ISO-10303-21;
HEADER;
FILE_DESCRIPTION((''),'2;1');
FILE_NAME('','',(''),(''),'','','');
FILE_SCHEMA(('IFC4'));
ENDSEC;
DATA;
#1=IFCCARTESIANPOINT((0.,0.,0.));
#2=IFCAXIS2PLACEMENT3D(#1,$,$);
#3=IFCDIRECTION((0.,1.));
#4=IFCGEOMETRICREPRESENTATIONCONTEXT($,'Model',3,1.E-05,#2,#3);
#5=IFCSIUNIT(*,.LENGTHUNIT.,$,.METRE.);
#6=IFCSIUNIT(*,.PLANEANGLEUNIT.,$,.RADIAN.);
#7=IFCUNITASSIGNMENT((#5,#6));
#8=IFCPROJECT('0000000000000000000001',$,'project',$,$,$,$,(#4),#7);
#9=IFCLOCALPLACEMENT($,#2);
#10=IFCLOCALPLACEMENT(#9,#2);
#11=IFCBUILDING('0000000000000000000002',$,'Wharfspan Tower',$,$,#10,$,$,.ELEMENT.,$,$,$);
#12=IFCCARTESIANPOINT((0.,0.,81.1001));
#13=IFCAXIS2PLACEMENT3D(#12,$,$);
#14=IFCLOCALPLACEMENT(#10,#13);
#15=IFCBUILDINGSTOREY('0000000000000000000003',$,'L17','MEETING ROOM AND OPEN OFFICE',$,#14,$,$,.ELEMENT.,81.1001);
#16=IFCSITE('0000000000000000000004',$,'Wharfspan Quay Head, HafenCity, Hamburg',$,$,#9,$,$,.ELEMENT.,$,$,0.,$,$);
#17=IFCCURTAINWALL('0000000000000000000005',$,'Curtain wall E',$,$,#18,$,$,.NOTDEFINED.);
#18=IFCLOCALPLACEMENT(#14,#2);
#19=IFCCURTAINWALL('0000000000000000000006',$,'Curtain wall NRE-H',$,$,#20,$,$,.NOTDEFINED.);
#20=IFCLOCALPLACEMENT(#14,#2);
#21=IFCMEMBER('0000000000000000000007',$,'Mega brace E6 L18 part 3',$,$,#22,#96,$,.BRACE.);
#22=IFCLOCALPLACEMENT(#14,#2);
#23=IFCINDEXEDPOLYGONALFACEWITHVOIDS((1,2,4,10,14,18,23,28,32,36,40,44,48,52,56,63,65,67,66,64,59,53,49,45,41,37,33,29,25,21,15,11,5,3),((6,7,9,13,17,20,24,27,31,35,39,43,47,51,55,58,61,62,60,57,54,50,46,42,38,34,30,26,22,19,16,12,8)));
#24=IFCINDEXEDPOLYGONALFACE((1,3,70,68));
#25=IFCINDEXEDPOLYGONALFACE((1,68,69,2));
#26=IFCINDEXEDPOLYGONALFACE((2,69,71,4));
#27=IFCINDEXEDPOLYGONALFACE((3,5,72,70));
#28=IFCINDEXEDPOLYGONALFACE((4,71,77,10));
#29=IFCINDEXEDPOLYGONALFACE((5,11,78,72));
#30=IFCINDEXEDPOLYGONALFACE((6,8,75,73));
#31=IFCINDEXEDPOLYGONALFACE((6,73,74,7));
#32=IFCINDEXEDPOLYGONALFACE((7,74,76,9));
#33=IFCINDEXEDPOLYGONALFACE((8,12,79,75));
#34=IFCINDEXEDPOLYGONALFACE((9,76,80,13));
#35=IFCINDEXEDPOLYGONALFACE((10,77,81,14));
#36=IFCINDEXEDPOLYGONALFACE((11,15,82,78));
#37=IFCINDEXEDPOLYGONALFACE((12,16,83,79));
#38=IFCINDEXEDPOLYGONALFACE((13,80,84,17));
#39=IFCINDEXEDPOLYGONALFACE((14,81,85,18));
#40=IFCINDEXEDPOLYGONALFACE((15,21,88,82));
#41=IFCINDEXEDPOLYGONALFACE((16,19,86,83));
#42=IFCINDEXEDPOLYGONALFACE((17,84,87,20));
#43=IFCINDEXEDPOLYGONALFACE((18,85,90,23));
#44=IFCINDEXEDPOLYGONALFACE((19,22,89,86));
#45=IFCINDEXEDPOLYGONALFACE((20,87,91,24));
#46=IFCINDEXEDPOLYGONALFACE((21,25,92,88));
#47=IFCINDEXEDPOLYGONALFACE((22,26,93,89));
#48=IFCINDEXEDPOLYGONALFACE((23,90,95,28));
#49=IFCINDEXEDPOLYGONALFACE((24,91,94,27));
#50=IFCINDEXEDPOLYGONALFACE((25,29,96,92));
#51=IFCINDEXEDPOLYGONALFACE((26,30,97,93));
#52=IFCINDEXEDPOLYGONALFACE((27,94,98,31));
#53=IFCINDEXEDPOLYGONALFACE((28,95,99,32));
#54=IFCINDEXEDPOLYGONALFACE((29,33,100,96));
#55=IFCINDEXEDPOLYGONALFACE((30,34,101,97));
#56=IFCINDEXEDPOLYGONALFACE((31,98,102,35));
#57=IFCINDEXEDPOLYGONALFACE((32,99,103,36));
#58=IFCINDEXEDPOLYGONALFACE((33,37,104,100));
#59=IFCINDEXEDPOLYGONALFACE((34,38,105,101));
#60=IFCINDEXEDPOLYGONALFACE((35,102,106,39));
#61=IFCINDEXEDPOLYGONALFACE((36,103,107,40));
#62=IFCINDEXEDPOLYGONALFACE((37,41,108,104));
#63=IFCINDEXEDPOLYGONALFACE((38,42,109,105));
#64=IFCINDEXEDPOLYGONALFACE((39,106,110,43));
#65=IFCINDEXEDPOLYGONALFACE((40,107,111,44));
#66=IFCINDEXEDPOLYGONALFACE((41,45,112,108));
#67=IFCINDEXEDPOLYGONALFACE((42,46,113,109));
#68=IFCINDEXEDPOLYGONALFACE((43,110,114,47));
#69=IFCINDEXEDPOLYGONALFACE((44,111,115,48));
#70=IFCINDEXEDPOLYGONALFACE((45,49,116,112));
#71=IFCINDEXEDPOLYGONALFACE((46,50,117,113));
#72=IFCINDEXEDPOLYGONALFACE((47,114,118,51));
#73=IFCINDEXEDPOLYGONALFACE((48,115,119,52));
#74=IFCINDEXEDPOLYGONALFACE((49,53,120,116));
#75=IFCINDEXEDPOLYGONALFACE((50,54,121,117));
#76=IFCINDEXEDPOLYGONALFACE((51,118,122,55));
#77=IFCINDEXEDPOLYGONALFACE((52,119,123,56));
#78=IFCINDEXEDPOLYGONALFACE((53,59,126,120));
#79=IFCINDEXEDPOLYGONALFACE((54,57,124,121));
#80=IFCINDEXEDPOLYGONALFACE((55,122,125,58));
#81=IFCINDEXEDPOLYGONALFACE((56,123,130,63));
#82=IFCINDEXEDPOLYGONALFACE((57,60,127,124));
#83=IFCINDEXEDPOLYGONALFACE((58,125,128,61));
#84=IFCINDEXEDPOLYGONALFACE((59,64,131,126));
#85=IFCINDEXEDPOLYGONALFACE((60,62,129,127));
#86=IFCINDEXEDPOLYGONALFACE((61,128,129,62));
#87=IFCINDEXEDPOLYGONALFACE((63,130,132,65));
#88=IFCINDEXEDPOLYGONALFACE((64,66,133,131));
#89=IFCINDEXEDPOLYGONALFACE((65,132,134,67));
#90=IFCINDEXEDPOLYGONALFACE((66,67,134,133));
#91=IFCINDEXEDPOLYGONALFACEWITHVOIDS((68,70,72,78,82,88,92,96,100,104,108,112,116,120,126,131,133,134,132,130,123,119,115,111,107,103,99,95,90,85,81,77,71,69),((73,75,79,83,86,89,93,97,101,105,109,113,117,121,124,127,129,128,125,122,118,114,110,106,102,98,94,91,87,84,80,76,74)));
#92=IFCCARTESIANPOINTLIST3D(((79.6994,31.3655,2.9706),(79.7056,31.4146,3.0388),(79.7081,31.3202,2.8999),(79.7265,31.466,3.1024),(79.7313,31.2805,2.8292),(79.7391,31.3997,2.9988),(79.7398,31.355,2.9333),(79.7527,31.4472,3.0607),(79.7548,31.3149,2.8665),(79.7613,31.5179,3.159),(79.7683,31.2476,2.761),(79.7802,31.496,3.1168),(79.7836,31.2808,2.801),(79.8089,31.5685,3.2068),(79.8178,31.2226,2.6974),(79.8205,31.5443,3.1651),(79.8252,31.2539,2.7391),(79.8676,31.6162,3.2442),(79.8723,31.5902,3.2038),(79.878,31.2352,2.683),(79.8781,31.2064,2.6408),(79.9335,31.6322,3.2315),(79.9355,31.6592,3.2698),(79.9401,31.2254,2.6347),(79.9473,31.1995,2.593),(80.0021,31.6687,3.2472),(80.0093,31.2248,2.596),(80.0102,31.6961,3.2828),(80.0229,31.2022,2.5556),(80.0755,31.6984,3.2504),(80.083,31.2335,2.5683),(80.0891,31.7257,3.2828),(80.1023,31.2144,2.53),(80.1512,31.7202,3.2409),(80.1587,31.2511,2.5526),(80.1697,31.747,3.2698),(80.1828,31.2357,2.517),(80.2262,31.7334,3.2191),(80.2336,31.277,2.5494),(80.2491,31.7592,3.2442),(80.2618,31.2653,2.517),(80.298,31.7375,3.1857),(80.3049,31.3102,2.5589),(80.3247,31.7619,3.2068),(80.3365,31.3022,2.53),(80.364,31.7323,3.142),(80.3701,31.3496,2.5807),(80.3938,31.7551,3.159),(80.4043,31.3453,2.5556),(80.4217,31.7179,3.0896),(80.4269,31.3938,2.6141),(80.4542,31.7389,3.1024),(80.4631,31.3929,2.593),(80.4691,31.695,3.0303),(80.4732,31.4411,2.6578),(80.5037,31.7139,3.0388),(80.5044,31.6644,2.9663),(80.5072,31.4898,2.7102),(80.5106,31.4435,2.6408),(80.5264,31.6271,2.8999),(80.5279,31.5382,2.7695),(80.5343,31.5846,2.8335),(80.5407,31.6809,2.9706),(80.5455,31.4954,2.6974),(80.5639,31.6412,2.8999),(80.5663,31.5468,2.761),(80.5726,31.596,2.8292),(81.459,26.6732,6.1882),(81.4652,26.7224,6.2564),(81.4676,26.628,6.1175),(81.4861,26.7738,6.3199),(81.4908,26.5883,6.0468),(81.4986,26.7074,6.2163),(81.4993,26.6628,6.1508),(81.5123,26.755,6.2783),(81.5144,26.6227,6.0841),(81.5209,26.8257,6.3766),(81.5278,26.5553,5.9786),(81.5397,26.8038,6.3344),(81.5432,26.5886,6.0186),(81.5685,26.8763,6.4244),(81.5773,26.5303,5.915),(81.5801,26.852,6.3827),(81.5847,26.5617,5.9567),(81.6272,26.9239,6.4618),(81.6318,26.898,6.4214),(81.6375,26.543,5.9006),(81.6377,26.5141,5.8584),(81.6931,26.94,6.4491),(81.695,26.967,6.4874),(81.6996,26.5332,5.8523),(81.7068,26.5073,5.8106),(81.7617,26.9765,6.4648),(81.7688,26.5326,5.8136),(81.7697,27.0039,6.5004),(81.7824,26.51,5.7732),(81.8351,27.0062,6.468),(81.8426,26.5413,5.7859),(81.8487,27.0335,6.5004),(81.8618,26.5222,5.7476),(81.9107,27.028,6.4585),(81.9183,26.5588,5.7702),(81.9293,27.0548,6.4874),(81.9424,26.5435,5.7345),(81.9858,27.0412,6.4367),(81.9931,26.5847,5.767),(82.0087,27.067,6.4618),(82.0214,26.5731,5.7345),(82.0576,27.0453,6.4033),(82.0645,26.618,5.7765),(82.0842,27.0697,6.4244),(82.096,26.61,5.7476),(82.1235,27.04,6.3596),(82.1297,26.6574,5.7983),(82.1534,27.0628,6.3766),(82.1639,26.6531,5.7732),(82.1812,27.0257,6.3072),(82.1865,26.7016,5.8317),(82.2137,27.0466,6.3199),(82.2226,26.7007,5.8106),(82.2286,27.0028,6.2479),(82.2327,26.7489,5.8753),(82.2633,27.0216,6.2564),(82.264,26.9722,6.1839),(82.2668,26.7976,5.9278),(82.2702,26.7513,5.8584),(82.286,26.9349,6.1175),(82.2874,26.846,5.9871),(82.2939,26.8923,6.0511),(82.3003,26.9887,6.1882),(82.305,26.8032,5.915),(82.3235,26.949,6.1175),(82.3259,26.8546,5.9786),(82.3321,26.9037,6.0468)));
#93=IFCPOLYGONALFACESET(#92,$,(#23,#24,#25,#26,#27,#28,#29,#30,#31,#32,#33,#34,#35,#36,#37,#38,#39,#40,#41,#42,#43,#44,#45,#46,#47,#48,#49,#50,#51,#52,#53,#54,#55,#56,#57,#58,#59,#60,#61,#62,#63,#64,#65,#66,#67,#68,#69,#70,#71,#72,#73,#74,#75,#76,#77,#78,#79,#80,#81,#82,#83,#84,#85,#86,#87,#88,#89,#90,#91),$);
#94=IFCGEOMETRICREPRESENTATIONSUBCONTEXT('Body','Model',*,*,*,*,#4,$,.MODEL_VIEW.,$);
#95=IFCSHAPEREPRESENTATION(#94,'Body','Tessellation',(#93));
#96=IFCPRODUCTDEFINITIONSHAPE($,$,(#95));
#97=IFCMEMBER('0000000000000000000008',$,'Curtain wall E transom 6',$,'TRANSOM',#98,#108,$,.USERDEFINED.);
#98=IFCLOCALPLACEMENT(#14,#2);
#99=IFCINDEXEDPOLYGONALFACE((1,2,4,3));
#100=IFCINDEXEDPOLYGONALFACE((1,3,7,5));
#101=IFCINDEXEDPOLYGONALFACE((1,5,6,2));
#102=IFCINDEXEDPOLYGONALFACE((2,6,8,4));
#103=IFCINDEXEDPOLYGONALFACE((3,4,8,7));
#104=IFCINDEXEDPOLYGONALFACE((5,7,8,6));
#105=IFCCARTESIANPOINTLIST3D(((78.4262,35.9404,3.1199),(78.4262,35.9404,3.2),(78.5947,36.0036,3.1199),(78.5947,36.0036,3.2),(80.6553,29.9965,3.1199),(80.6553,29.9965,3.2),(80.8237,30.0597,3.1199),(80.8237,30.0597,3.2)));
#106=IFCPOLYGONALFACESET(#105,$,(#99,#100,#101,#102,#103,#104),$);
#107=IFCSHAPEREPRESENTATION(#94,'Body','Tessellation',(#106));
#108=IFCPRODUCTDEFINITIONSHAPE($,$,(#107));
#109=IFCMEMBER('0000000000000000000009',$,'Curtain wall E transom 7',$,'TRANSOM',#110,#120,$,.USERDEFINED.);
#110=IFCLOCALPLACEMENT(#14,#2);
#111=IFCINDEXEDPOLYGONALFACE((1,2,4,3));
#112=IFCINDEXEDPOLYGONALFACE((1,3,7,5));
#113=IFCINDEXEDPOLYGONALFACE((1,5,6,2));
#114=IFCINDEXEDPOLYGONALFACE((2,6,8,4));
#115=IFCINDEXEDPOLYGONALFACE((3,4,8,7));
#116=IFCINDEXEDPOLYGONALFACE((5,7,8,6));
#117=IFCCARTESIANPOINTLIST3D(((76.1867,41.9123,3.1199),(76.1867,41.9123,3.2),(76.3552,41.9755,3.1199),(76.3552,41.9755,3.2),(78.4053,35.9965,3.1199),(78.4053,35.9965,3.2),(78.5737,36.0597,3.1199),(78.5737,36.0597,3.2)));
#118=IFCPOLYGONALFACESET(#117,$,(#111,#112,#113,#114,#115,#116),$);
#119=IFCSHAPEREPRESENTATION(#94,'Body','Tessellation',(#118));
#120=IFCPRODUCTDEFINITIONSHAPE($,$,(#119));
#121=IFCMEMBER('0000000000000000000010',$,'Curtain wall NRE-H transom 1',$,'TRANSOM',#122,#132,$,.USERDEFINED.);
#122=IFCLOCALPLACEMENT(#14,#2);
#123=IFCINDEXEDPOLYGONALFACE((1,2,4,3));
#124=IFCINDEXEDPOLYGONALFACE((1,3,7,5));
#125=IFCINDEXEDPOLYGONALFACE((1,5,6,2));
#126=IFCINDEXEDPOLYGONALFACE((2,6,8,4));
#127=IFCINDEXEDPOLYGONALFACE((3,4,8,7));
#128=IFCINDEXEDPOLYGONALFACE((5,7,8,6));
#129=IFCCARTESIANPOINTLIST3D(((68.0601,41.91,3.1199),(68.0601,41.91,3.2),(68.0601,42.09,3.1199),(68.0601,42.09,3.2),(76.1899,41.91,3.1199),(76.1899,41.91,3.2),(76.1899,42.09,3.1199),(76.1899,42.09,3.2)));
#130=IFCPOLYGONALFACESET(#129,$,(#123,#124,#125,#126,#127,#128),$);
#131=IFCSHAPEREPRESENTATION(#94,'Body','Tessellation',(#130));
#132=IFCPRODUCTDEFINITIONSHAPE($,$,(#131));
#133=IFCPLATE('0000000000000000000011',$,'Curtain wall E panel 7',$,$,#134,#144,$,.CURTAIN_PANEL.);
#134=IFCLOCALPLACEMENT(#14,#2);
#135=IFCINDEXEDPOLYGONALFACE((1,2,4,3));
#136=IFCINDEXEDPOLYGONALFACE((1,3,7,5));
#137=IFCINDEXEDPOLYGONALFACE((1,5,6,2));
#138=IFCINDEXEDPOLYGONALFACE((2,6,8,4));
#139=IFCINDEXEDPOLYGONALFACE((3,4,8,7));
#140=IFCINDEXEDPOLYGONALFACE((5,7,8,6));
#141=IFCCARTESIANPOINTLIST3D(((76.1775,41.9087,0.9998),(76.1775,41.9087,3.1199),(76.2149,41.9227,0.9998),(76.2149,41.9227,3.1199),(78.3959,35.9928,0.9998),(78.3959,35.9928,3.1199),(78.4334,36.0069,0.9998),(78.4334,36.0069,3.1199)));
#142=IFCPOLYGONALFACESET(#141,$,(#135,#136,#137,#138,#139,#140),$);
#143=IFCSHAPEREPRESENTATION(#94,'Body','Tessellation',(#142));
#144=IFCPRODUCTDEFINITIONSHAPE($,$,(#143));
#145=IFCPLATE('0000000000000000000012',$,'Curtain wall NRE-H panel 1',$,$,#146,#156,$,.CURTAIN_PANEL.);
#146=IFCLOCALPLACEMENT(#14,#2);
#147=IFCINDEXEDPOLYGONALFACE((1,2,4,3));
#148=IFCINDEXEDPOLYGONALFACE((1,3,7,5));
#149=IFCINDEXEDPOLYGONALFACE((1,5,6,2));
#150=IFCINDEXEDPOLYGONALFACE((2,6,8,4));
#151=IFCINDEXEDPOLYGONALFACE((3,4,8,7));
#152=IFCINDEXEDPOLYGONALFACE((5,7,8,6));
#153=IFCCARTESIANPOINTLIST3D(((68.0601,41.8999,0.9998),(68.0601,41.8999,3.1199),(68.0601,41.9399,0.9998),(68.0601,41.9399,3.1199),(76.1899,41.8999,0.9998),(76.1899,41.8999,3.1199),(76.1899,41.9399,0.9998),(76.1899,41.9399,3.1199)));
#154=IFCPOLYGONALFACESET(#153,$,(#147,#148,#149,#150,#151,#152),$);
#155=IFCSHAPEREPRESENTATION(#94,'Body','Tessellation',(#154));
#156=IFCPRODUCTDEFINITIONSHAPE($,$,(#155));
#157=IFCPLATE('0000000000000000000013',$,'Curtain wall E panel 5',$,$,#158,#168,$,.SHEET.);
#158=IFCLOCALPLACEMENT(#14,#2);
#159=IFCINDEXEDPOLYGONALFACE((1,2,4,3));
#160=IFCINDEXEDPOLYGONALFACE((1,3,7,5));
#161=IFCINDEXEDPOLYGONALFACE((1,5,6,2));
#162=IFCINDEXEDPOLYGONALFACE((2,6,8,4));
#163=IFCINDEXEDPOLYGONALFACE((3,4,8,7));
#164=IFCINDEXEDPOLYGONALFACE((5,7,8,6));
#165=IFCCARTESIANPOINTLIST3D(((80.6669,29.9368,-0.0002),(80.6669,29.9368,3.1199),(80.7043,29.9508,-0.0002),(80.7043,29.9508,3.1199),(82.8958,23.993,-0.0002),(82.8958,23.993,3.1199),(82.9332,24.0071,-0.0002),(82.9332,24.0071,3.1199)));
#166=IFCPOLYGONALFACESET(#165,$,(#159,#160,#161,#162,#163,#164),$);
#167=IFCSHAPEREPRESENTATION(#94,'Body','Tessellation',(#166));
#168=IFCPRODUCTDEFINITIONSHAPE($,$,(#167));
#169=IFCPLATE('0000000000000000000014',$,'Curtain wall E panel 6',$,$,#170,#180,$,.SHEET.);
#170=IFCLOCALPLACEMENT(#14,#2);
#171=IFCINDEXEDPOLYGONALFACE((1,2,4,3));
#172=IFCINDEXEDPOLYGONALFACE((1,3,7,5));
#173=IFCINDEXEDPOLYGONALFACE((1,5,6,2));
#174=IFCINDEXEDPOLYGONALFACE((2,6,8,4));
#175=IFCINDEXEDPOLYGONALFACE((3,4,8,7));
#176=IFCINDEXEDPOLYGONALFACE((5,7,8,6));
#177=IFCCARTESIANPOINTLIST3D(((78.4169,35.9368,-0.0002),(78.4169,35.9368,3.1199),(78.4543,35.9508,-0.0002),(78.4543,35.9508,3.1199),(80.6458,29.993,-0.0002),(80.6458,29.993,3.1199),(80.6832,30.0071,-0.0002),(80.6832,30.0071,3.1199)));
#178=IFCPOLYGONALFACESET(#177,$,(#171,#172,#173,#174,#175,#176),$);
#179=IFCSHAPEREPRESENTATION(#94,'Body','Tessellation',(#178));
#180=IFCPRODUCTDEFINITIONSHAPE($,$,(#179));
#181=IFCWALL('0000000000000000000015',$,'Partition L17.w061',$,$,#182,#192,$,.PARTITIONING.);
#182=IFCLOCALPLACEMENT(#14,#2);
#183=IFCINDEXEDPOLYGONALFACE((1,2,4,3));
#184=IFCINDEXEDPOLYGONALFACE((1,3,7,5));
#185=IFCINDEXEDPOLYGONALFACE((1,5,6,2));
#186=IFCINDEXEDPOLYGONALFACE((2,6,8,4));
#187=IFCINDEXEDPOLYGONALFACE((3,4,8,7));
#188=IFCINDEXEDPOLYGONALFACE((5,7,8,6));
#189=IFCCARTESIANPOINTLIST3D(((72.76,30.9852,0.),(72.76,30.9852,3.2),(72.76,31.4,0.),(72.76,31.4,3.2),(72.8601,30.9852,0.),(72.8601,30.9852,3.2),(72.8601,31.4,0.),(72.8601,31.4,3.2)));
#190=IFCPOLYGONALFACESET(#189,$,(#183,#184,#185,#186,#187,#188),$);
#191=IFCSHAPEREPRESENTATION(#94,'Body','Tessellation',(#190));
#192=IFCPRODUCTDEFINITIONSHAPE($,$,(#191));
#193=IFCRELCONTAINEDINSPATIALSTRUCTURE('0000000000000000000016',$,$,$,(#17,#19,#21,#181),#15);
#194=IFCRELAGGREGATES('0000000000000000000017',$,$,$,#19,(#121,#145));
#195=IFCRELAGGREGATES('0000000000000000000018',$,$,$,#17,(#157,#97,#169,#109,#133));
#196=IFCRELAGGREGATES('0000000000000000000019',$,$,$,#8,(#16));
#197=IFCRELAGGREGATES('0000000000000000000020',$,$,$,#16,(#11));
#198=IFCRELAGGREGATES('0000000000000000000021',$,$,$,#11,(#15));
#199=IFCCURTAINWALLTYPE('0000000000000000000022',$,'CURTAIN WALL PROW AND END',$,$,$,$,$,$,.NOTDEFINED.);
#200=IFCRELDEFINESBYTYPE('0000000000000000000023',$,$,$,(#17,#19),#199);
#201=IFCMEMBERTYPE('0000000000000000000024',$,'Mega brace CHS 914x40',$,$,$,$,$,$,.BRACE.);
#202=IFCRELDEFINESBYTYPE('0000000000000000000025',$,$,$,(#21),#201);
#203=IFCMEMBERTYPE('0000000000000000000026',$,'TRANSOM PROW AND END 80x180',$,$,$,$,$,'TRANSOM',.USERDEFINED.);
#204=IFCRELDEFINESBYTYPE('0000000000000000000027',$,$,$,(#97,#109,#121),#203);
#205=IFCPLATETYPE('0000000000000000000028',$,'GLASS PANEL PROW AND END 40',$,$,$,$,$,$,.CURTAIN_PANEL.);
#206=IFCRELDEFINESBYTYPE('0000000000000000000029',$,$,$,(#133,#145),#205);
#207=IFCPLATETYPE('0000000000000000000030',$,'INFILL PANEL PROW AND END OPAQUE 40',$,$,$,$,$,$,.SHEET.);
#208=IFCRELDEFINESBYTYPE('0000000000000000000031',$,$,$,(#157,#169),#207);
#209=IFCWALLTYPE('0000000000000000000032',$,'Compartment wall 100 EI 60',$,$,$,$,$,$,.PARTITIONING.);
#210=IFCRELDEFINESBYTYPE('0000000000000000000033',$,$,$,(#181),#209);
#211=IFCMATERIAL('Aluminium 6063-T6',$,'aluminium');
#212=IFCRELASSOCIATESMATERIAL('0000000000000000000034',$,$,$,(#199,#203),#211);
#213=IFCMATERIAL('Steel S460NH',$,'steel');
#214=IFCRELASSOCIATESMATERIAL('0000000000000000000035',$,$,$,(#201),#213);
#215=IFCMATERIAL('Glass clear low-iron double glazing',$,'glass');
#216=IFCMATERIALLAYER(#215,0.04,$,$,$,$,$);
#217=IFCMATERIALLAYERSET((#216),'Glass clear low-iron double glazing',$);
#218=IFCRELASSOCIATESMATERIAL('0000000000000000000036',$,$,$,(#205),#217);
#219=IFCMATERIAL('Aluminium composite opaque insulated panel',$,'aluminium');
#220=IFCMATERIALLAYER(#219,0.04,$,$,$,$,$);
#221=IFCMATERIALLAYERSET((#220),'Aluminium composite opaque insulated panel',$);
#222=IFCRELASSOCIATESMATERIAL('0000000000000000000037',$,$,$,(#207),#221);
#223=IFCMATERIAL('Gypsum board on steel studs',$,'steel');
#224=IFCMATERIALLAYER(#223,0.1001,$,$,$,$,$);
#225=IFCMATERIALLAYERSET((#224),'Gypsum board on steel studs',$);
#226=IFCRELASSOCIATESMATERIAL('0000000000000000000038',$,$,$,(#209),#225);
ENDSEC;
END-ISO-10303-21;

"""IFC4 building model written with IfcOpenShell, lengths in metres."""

from ifc_helpers import new_model, si_unit, direction, frame, frame_2d, origin, origin_2d, place, context, subcontext, project, spatial, rectangle, hollow_circle, extrude, material, layer, layer_set, material_profile, profile_set, type_object, element, aggregate, save


model = new_model("IFC4")

# Units and contexts
model_context = context("Model", 3, precision=1e-05, world=origin(), true_north=direction((0.0, 1.0)))
body_context = subcontext(model_context, "Body", "Model", "MODEL_VIEW")
ifc_project = project(units=[si_unit("LENGTHUNIT", "METRE"), si_unit("PLANEANGLEUNIT", "RADIAN")], contexts=[model_context])

# Site, building, storey
site_placement = place(None, origin())
site = spatial("IfcSite", under=ifc_project, at=site_placement, Name="Wharfspan Quay Head, HafenCity, Hamburg", CompositionType="ELEMENT", RefElevation=0.0)
building_placement = place(site_placement, origin())
building = spatial("IfcBuilding", under=site, at=building_placement, Name="Wharfspan Tower", CompositionType="ELEMENT")
storey_placement = place(building_placement, frame((0.0, 0.0, 81.1001)))
storey = spatial("IfcBuildingStorey", under=building, at=storey_placement, Name="L17", Description="MEETING ROOM AND OPEN OFFICE", CompositionType="ELEMENT", Elevation=81.1001)

# Curtain wall
ifc_material_1 = material(Name="Aluminium 6063-T6", Category="aluminium")
curtain_wall_type = type_object("IfcCurtainWallType", Name="CURTAIN WALL PROW AND END", PredefinedType="NOTDEFINED", material=ifc_material_1)
curtain_wall_1_placement = place(storey_placement, origin())
curtain_wall_1 = element("IfcCurtainWall", 1, at=curtain_wall_1_placement, inside=storey, type_object=curtain_wall_type, Name="Curtain wall E", PredefinedType="NOTDEFINED")

# Curtain wall
curtain_wall_2_placement = place(storey_placement, origin())
curtain_wall_2 = element("IfcCurtainWall", 2, at=curtain_wall_2_placement, inside=storey, type_object=curtain_wall_type, Name="Curtain wall NRE-H", PredefinedType="NOTDEFINED")

# Members
ifc_material_2 = material(Name="Steel S460NH", Category="steel")
ifc_material_profile_1 = material_profile(ifc_material_2, hollow_circle(Radius=0.457, WallThickness=0.04, at=origin_2d()))
ifc_profile_set_1 = profile_set([ifc_material_profile_1], Name="Steel S460NH")
member_type_1 = type_object("IfcMemberType", Name="Mega brace CHS 914x40", PredefinedType="BRACE", material=ifc_profile_set_1)
member_1_placement = place(storey_placement, frame((80.136, 31.4807, 2.8999), z_axis=(0.295459, -0.787904, 0.540288), x_axis=(0.936328, 0.351115, -0.000003)))
element("IfcMember", 3, at=member_1_placement, inside=storey, type_object=member_type_1, Name="Mega brace E6 L18 part 3", PredefinedType="BRACE", context=body_context, shape_type="SweptSolid", body=[
    extrude(hollow_circle(Radius=0.457, WallThickness=0.04, at=origin_2d()), origin(), (0.0, 0.0, 1.0), 5.9553),
])
ifc_material_profile_2 = material_profile(ifc_material_1, rectangle(XDim=0.1799, YDim=0.0801, at=origin_2d()))
ifc_profile_set_2 = profile_set([ifc_material_profile_2], Name="Aluminium 6063-T6")
member_type_2 = type_object("IfcMemberType", Name="TRANSOM PROW AND END 80x180", ElementType="TRANSOM", PredefinedType="USERDEFINED", material=ifc_profile_set_2)
member_2_placement = place(storey_placement, frame((80.7395, 30.0281, 3.1599), z_axis=(-0.351132, 0.936326, 0.0), x_axis=(-0.936326, -0.351132, 0.0)))
member_2 = element("IfcMember", 4, at=member_2_placement, type_object=member_type_2, Name="Curtain wall E transom 6", ObjectType="TRANSOM", PredefinedType="USERDEFINED", context=body_context, shape_type="SweptSolid", body=[
    extrude(rectangle(XDim=0.1799, YDim=0.0801, at=origin_2d()), origin(), (0.0, 0.0, 1.0), 6.3481),
])
member_3_placement = place(storey_placement, frame((78.4895, 36.0281, 3.1599), z_axis=(-0.351136, 0.936324, 0.0), x_axis=(-0.936324, -0.351136, 0.0)))
member_3 = element("IfcMember", 5, at=member_3_placement, type_object=member_type_2, Name="Curtain wall E transom 7", ObjectType="TRANSOM", PredefinedType="USERDEFINED", context=body_context, shape_type="SweptSolid", body=[
    extrude(rectangle(XDim=0.1799, YDim=0.0801, at=origin_2d()), origin(), (0.0, 0.0, 1.0), 6.3181),
])
member_4_placement = place(storey_placement, frame((76.1899, 42.0, 3.1599), z_axis=(-1.0, 0.0, 0.0), x_axis=(0.0, -1.0, 0.0)))
member_4 = element("IfcMember", 6, at=member_4_placement, type_object=member_type_2, Name="Curtain wall NRE-H transom 1", ObjectType="TRANSOM", PredefinedType="USERDEFINED", context=body_context, shape_type="SweptSolid", body=[
    extrude(rectangle(XDim=0.1799, YDim=0.0801, at=origin_2d()), origin(), (0.0, 0.0, 1.0), 8.1299),
])

# Plates
ifc_material_3 = material(Name="Glass clear low-iron double glazing", Category="glass")
ifc_layer_1 = layer(ifc_material_3, 0.04)
ifc_layer_set_1 = layer_set([ifc_layer_1], Name="Glass clear low-iron double glazing")
plate_type_1 = type_object("IfcPlateType", Name="GLASS PANEL PROW AND END 40", PredefinedType="CURTAIN_PANEL", material=ifc_layer_set_1)
plate_1_placement = place(storey_placement, frame((77.3054, 38.9578, 0.9998), z_axis=(0.0, 0.0, 1.0), x_axis=(-0.351123, 0.936328, 0.0)))
plate_1 = element("IfcPlate", 7, at=plate_1_placement, type_object=plate_type_1, Name="Curtain wall E panel 7", PredefinedType="CURTAIN_PANEL", context=body_context, shape_type="SweptSolid", body=[
    extrude(rectangle(XDim=6.3181, YDim=0.04, at=origin_2d()), origin(), (0.0, 0.0, 1.0), 2.1201),
])
plate_2_placement = place(storey_placement, frame((72.125, 41.9199, 0.9998), z_axis=(0.0, 0.0, 1.0), x_axis=(-1.0, 0.0, 0.0)))
plate_2 = element("IfcPlate", 8, at=plate_2_placement, type_object=plate_type_1, Name="Curtain wall NRE-H panel 1", PredefinedType="CURTAIN_PANEL", context=body_context, shape_type="SweptSolid", body=[
    extrude(rectangle(XDim=8.1299, YDim=0.04, at=origin_2d()), origin(), (0.0, 0.0, 1.0), 2.1201),
])
aggregate(curtain_wall_2, [member_4, plate_2])
ifc_material_4 = material(Name="Aluminium composite opaque insulated panel", Category="aluminium")
ifc_layer_2 = layer(ifc_material_4, 0.04)
ifc_layer_set_2 = layer_set([ifc_layer_2], Name="Aluminium composite opaque insulated panel")
plate_type_2 = type_object("IfcPlateType", Name="INFILL PANEL PROW AND END OPAQUE 40", PredefinedType="SHEET", material=ifc_layer_set_2)
plate_3_placement = place(storey_placement, frame((81.8, 26.9719, -0.0002), z_axis=(0.0, 0.0, 1.0), x_axis=(-0.351123, 0.936328, 0.0)))
plate_3 = element("IfcPlate", 9, at=plate_3_placement, type_object=plate_type_2, Name="Curtain wall E panel 5", PredefinedType="SHEET", context=body_context, shape_type="SweptSolid", body=[
    extrude(rectangle(XDim=6.3479, YDim=0.04, at=origin_2d()), origin(), (0.0, 0.0, 1.0), 3.1201),
])
plate_4_placement = place(storey_placement, frame((79.55, 32.9719, -0.0002), z_axis=(0.0, 0.0, 1.0), x_axis=(-0.351123, 0.936328, 0.0)))
plate_4 = element("IfcPlate", 10, at=plate_4_placement, type_object=plate_type_2, Name="Curtain wall E panel 6", PredefinedType="SHEET", context=body_context, shape_type="SweptSolid", body=[
    extrude(rectangle(XDim=6.3479, YDim=0.04, at=origin_2d()), origin(), (0.0, 0.0, 1.0), 3.1201),
])
aggregate(curtain_wall_1, [plate_3, member_2, plate_4, member_3, plate_1])

# Wall
ifc_material_5 = material(Name="Gypsum board on steel studs", Category="steel")
ifc_layer_3 = layer(ifc_material_5, 0.1001)
ifc_layer_set_3 = layer_set([ifc_layer_3], Name="Gypsum board on steel studs")
wall_type_1 = type_object("IfcWallType", Name="Compartment wall 100 EI 60", PredefinedType="PARTITIONING", material=ifc_layer_set_3)
wall_1_placement = place(storey_placement, frame((72.8101, 30.9851, 0.0), z_axis=(0.0, 0.0, 1.0), x_axis=(0.0, 1.0, 0.0)))
element("IfcWall", 11, at=wall_1_placement, inside=storey, type_object=wall_type_1, Name="Partition L17.w061", PredefinedType="PARTITIONING", context=body_context, shape_type="SweptSolid", body=[
    extrude(rectangle(XDim=0.4148, YDim=0.1001, at=frame_2d((0.2075, 0.0))), origin(), (0.0, 0.0, 1.0), 3.2),
])

save(model, "model.ifc")
